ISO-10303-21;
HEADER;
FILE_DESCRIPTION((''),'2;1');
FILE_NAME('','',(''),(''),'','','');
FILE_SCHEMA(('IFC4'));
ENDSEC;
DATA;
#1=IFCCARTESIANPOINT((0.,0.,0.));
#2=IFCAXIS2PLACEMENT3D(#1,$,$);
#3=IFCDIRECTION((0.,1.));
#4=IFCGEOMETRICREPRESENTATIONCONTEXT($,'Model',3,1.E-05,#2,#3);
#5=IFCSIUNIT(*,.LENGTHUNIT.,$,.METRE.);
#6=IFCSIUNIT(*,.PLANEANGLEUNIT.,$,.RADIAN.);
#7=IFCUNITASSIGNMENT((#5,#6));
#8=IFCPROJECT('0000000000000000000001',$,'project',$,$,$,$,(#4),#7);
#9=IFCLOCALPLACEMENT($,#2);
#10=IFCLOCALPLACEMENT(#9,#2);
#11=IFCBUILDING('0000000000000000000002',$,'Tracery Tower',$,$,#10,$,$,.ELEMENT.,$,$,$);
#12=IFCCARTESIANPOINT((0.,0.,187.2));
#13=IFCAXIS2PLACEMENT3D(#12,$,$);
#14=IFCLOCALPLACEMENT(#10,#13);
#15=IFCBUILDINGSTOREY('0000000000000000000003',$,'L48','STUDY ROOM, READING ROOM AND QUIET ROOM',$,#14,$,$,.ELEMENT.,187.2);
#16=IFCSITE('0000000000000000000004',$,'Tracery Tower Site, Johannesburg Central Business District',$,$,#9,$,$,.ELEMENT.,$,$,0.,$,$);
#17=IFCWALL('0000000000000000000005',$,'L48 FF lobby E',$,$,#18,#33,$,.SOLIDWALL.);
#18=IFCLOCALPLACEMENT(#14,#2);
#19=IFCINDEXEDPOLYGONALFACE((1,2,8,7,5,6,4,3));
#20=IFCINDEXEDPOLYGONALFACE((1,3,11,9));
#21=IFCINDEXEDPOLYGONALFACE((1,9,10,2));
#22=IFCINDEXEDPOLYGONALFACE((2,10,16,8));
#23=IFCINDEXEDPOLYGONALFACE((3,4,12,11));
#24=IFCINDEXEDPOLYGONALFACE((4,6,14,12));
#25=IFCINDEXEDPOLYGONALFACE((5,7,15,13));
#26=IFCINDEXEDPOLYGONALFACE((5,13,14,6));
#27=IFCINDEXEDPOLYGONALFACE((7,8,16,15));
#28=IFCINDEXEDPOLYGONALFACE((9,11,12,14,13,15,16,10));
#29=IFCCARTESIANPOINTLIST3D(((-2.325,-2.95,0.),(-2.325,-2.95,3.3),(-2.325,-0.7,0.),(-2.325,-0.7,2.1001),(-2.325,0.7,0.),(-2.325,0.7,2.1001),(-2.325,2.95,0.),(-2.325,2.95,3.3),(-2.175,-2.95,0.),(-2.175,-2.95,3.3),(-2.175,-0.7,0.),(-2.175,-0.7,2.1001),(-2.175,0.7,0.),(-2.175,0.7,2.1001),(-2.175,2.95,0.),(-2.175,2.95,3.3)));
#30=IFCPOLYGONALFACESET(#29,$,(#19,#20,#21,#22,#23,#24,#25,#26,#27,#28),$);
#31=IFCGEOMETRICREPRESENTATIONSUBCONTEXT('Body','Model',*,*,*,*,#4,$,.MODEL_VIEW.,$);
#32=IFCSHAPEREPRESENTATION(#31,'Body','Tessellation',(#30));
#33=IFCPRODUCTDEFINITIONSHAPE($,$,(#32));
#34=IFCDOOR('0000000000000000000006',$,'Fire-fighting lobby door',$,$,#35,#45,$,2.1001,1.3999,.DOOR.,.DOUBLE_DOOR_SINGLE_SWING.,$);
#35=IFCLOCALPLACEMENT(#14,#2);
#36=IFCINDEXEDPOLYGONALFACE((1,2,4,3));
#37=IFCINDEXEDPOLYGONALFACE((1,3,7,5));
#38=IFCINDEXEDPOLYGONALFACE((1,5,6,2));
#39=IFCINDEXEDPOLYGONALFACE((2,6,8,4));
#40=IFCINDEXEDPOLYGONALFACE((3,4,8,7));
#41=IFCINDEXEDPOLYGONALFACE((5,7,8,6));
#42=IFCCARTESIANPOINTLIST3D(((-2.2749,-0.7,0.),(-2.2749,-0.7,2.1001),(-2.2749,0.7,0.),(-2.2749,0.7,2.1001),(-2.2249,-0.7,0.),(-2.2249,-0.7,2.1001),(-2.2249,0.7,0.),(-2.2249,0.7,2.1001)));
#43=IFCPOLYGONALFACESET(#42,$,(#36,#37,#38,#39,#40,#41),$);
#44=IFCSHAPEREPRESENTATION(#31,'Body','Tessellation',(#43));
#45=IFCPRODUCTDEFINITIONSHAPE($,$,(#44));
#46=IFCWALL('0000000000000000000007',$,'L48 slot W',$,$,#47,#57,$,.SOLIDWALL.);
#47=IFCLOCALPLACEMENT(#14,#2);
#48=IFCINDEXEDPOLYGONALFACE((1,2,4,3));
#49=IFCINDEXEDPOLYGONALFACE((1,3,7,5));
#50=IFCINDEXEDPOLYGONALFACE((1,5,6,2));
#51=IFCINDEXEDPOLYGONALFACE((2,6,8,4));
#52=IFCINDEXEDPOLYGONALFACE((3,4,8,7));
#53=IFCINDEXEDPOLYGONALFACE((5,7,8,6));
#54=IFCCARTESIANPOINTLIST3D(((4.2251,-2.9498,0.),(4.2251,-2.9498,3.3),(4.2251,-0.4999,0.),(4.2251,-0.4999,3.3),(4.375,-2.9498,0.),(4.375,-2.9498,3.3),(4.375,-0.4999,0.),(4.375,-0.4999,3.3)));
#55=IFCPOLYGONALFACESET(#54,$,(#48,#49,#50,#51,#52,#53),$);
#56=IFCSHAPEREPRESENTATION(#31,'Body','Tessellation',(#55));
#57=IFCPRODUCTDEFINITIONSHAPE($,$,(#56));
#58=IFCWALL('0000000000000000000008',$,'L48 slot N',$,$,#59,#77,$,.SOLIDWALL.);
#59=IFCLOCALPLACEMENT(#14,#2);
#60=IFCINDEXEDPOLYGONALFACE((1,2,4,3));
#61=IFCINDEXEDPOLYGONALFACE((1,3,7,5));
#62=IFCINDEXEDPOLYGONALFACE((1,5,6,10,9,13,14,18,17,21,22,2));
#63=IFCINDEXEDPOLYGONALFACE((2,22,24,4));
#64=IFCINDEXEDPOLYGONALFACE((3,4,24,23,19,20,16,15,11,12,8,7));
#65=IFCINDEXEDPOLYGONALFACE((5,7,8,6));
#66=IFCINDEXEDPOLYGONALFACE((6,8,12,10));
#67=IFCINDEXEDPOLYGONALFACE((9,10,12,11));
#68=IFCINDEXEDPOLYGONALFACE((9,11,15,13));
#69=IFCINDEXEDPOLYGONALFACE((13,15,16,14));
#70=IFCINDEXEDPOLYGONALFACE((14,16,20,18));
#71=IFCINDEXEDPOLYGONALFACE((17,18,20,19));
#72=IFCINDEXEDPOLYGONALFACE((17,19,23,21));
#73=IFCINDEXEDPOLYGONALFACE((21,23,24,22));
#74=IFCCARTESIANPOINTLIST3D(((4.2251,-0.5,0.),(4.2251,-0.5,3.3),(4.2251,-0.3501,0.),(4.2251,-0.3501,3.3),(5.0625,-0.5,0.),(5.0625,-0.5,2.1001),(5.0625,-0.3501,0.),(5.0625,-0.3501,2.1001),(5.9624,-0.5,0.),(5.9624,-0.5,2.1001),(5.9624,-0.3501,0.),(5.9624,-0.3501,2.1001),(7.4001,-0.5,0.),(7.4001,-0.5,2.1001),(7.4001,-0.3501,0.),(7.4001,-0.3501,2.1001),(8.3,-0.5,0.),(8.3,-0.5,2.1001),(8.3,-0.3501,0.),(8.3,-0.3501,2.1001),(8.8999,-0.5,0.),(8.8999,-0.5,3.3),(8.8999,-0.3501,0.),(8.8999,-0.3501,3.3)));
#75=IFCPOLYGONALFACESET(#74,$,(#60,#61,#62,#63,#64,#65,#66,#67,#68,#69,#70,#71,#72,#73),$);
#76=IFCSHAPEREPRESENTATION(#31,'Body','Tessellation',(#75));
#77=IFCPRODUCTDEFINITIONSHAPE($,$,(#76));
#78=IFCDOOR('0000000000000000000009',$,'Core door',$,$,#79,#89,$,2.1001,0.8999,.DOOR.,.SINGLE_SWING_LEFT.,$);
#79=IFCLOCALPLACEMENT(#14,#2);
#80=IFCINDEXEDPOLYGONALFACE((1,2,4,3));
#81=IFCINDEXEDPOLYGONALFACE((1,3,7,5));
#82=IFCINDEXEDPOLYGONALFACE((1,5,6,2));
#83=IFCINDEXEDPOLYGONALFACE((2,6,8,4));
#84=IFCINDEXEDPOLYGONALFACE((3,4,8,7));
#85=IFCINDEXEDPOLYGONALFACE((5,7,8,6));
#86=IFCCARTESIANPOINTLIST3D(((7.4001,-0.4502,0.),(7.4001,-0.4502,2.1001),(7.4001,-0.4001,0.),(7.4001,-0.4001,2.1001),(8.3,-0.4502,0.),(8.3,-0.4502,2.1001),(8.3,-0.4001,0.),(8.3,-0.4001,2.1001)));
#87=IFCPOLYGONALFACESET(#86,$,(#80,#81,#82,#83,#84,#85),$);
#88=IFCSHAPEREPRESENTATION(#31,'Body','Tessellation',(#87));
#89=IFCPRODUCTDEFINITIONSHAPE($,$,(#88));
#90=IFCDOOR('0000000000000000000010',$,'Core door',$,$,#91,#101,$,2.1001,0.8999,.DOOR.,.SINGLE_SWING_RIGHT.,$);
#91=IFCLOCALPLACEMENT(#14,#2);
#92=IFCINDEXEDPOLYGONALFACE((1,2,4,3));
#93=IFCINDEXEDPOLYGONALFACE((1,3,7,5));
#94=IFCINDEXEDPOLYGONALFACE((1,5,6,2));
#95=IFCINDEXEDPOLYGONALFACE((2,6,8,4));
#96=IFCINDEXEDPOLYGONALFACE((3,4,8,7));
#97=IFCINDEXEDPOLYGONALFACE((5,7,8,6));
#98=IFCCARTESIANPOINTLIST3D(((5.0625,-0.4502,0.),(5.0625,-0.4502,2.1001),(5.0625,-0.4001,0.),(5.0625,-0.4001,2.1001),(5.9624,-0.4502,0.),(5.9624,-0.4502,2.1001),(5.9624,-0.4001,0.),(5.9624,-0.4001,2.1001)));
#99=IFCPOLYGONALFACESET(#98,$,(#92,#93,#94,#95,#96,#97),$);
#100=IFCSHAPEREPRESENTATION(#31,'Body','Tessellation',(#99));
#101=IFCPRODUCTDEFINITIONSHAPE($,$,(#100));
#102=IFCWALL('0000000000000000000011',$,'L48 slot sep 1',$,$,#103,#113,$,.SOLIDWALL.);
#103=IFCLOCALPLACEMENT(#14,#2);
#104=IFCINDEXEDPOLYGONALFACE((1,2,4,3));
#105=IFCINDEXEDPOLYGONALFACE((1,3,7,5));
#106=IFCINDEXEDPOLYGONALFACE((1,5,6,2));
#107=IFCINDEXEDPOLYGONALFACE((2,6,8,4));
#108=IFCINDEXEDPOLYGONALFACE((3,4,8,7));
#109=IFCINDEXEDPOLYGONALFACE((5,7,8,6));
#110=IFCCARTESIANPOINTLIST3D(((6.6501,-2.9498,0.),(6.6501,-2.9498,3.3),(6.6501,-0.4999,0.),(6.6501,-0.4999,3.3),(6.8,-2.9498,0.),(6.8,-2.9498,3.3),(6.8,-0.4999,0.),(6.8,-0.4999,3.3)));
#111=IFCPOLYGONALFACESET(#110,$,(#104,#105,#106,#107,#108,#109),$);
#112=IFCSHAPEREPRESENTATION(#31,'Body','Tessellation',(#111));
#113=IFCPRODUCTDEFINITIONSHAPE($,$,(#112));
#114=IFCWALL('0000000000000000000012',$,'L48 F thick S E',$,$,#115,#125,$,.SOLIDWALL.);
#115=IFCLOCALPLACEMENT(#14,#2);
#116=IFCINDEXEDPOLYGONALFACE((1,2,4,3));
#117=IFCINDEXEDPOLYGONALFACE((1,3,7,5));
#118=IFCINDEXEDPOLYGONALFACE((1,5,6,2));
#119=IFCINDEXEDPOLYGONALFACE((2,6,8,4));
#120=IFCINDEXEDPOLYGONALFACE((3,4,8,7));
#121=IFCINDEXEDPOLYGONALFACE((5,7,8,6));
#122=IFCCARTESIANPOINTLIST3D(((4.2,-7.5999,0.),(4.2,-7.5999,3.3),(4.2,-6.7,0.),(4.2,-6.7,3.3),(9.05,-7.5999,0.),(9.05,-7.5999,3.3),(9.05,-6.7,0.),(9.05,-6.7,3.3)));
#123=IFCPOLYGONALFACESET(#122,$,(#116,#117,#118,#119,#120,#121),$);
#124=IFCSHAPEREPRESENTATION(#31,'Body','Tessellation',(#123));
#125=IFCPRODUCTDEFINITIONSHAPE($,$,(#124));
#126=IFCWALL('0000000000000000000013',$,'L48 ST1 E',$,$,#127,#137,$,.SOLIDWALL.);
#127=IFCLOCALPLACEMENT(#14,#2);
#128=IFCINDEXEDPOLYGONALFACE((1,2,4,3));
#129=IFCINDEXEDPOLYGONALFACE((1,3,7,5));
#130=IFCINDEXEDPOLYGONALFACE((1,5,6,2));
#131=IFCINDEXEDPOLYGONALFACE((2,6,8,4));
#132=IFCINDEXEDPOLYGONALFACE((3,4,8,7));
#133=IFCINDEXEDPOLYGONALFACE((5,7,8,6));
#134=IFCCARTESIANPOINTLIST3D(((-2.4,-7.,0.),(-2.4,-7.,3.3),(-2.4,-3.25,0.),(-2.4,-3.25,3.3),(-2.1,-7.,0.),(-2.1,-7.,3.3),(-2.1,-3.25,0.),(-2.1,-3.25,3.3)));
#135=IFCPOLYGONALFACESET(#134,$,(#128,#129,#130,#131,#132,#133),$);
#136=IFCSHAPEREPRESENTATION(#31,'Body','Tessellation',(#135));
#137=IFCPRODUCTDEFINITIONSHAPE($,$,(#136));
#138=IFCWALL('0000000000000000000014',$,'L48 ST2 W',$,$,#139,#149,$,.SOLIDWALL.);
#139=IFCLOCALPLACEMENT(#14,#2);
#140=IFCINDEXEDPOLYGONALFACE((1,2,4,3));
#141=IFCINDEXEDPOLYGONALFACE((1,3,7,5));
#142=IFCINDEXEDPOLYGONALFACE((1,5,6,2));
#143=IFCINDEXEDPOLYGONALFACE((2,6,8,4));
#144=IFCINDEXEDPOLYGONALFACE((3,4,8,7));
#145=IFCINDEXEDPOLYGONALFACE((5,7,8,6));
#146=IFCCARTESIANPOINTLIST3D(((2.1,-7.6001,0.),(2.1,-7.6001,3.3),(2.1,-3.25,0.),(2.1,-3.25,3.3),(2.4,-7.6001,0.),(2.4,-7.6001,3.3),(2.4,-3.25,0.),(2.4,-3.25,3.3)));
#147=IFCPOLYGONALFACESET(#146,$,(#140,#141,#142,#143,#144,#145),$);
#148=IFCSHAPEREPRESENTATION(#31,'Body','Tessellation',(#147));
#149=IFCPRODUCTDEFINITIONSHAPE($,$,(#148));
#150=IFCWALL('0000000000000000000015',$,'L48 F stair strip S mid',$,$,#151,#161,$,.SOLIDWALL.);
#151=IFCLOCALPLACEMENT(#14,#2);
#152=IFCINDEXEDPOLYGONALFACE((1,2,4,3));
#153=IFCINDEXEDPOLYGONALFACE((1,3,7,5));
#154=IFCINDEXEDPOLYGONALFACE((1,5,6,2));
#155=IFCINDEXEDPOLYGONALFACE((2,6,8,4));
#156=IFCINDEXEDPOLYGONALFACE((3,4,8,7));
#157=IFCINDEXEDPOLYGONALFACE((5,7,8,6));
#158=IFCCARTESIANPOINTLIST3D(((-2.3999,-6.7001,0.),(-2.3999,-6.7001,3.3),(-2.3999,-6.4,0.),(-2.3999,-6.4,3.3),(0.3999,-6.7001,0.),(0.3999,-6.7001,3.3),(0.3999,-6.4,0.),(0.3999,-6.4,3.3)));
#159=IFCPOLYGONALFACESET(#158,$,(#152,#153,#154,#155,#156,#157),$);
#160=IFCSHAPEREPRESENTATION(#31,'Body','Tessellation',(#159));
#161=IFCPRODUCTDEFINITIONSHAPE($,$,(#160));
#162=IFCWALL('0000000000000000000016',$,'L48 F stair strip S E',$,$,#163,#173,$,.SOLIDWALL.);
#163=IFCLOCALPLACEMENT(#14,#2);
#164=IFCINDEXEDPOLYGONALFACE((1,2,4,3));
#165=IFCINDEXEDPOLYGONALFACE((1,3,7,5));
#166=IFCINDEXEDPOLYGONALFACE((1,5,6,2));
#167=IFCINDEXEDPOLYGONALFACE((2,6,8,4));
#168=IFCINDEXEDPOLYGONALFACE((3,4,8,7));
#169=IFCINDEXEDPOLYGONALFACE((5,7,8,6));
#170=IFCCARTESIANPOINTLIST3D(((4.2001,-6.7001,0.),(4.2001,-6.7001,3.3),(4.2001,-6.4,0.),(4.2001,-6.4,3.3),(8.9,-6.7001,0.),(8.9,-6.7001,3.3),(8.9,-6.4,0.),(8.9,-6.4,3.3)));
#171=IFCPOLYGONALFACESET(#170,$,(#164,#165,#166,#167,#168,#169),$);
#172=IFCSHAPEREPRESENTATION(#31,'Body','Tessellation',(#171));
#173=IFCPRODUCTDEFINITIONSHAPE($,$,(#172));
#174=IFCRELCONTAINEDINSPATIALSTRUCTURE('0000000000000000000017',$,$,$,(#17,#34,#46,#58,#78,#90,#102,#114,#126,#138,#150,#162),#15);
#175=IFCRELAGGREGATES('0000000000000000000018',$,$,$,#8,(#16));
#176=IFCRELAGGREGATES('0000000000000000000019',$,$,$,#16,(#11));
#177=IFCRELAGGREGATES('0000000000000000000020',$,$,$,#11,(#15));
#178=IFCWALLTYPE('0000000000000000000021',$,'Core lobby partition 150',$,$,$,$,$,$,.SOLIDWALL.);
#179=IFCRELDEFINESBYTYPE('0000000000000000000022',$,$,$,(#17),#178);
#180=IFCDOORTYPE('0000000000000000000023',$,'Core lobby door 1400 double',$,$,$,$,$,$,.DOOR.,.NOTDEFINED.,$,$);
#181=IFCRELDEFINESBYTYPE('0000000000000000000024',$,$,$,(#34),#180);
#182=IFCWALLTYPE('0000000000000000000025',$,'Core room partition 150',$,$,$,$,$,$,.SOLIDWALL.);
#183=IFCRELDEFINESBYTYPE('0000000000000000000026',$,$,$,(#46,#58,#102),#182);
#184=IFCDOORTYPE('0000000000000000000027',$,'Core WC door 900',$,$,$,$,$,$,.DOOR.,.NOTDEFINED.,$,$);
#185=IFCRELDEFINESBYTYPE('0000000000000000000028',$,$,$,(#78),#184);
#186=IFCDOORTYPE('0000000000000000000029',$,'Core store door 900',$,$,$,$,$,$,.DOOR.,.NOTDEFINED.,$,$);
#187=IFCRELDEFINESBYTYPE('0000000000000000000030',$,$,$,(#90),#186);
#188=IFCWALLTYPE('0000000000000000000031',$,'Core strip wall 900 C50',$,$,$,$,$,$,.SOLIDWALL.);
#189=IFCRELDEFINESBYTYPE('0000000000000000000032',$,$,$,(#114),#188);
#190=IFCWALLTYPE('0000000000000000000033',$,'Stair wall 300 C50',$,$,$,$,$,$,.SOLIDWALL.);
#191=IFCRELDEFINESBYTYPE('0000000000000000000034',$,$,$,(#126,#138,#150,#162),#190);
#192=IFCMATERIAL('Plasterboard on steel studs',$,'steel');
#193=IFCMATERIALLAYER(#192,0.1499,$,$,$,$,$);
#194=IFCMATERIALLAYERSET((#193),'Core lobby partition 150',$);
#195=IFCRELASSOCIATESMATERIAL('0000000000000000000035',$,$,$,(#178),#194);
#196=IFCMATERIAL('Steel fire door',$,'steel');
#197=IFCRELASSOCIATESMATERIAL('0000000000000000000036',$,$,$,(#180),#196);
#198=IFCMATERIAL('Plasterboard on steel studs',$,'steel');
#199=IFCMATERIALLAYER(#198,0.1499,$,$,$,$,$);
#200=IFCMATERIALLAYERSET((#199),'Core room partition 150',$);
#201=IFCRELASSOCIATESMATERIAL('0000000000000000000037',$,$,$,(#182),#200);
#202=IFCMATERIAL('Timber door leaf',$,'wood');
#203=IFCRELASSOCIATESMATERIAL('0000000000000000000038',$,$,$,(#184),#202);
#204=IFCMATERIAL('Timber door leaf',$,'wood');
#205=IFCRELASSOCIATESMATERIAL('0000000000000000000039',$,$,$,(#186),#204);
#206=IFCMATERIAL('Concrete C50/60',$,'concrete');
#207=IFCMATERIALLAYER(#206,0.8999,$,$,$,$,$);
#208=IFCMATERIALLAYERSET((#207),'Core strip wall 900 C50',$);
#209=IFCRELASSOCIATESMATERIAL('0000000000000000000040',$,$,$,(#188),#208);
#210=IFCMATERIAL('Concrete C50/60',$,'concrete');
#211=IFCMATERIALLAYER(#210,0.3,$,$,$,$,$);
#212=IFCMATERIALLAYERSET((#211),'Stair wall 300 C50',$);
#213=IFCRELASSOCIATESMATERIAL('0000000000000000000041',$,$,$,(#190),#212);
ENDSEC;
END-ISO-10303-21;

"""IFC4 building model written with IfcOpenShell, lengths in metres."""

from ifc_helpers import new_model, si_unit, direction, frame, frame_2d, origin, place, context, subcontext, project, spatial, rectangle, extrude, material, layer, layer_set, type_object, element, fill, save


model = new_model("IFC4")

# Units and contexts
model_context = context("Model", 3, precision=1e-05, world=origin(), true_north=direction((0.0, 1.0)))
body_context = subcontext(model_context, "Body", "Model", "MODEL_VIEW")
ifc_project = project(units=[si_unit("LENGTHUNIT", "METRE"), si_unit("PLANEANGLEUNIT", "RADIAN")], contexts=[model_context])

# Site, building, storey
site_placement = place(None, origin())
site = spatial("IfcSite", under=ifc_project, at=site_placement, Name="Tracery Tower Site, Johannesburg Central Business District", CompositionType="ELEMENT", RefElevation=0.0)
building_placement = place(site_placement, origin())
building = spatial("IfcBuilding", under=site, at=building_placement, Name="Tracery Tower", CompositionType="ELEMENT")
storey_placement = place(building_placement, frame((0.0, 0.0, 187.2)))
storey = spatial("IfcBuildingStorey", under=building, at=storey_placement, Name="L48", Description="STUDY ROOM, READING ROOM AND QUIET ROOM", CompositionType="ELEMENT", Elevation=187.2)

# Wall, opening, door
ifc_material_1 = material(Name="Plasterboard on steel studs", Category="steel")
ifc_layer_1 = layer(ifc_material_1, 0.1499)
ifc_layer_set_1 = layer_set([ifc_layer_1], Name="Core lobby partition 150")
wall_type_1 = type_object("IfcWallType", Name="Core lobby partition 150", PredefinedType="SOLIDWALL", material=ifc_layer_set_1)
wall_1_placement = place(storey_placement, frame((-2.25, -2.95, 0.0), z_axis=(0.0, 0.0, 1.0), x_axis=(0.0, 1.0, 0.0)))
wall_1 = element("IfcWall", 1, at=wall_1_placement, inside=storey, type_object=wall_type_1, Name="L48 FF lobby E", PredefinedType="SOLIDWALL", context=body_context, shape_type="SweptSolid", body=[
    extrude(rectangle(XDim=5.8999, YDim=0.1499, at=frame_2d((2.95, 0.0))), origin(), (0.0, 0.0, 1.0), 3.3),
])
opening_1_placement = place(wall_1_placement, frame((2.25, 0.0, 0.0)))
opening_1 = element("IfcOpeningElement", 2, at=opening_1_placement, cuts=wall_1, PredefinedType="OPENING", context=body_context, shape_type="SweptSolid", body=[
    extrude(rectangle(XDim=1.3999, YDim=2.1001, at=frame_2d((0.7, 1.05))), frame((0.0, 0.075, 0.0), z_axis=(0.0, -1.0, 0.0), x_axis=(1.0, 0.0, 0.0)), (0.0, 0.0, 1.0), 0.1499),
])
ifc_material_2 = material(Name="Steel fire door", Category="steel")
door_type_1 = type_object("IfcDoorType", Name="Core lobby door 1400 double", OperationType="NOTDEFINED", PredefinedType="DOOR", material=ifc_material_2)
door_1_placement = place(opening_1_placement, origin())
door_1 = element("IfcDoor", 3, at=door_1_placement, inside=storey, type_object=door_type_1, Name="Fire-fighting lobby door", OperationType="DOUBLE_DOOR_SINGLE_SWING", OverallHeight=2.1001, OverallWidth=1.3999, PredefinedType="DOOR", context=body_context, shape_type="SweptSolid", body=[
    extrude(rectangle(XDim=1.3999, YDim=2.1001, at=frame_2d((0.7, 1.05))), frame((0.0, 0.0249, 0.0), z_axis=(0.0, -1.0, 0.0), x_axis=(1.0, 0.0, 0.0)), (0.0, 0.0, 1.0), 0.05),
])
fill(opening_1, door_1)

# Wall
ifc_material_3 = material(Name="Plasterboard on steel studs", Category="steel")
ifc_layer_2 = layer(ifc_material_3, 0.1499)
ifc_layer_set_2 = layer_set([ifc_layer_2], Name="Core room partition 150")
wall_type_2 = type_object("IfcWallType", Name="Core room partition 150", PredefinedType="SOLIDWALL", material=ifc_layer_set_2)
wall_2_placement = place(storey_placement, frame((4.3, -2.95, 0.0), z_axis=(0.0, 0.0, 1.0), x_axis=(0.0, 1.0, 0.0)))
element("IfcWall", 4, at=wall_2_placement, inside=storey, type_object=wall_type_2, Name="L48 slot W", PredefinedType="SOLIDWALL", context=body_context, shape_type="SweptSolid", body=[
    extrude(rectangle(XDim=2.45, YDim=0.1499, at=frame_2d((1.2251, 0.0))), origin(), (0.0, 0.0, 1.0), 3.3),
])

# Wall, openings, doors
wall_3_placement = place(storey_placement, frame((4.2251, -0.425, 0.0), z_axis=(0.0, 0.0, 1.0), x_axis=(1.0, 0.0, 0.0)))
wall_3 = element("IfcWall", 5, at=wall_3_placement, inside=storey, type_object=wall_type_2, Name="L48 slot N", PredefinedType="SOLIDWALL", context=body_context, shape_type="SweptSolid", body=[
    extrude(rectangle(XDim=4.6748, YDim=0.1499, at=frame_2d((2.3374, 0.0))), origin(), (0.0, 0.0, 1.0), 3.3),
])
opening_2_placement = place(wall_3_placement, frame((0.8374, 0.0, 0.0)))
opening_2 = element("IfcOpeningElement", 6, at=opening_2_placement, cuts=wall_3, PredefinedType="OPENING", context=body_context, shape_type="SweptSolid", body=[
    extrude(rectangle(XDim=0.8999, YDim=2.1001, at=frame_2d((0.45, 1.05))), frame((0.0, 0.075, 0.0), z_axis=(0.0, -1.0, 0.0), x_axis=(1.0, 0.0, 0.0)), (0.0, 0.0, 1.0), 0.1499),
])
opening_3_placement = place(wall_3_placement, frame((3.175, 0.0, 0.0)))
opening_3 = element("IfcOpeningElement", 7, at=opening_3_placement, cuts=wall_3, PredefinedType="OPENING", context=body_context, shape_type="SweptSolid", body=[
    extrude(rectangle(XDim=0.8999, YDim=2.1001, at=frame_2d((0.45, 1.05))), frame((0.0, 0.075, 0.0), z_axis=(0.0, -1.0, 0.0), x_axis=(1.0, 0.0, 0.0)), (0.0, 0.0, 1.0), 0.1499),
])
ifc_material_4 = material(Name="Timber door leaf", Category="wood")
door_type_2 = type_object("IfcDoorType", Name="Core WC door 900", OperationType="NOTDEFINED", PredefinedType="DOOR", material=ifc_material_4)
door_2_placement = place(opening_3_placement, origin())
door_2 = element("IfcDoor", 8, at=door_2_placement, inside=storey, type_object=door_type_2, Name="Core door", OperationType="SINGLE_SWING_LEFT", OverallHeight=2.1001, OverallWidth=0.8999, PredefinedType="DOOR", context=body_context, shape_type="SweptSolid", body=[
    extrude(rectangle(XDim=0.8999, YDim=2.1001, at=frame_2d((0.45, 1.05))), frame((0.0, 0.0249, 0.0), z_axis=(0.0, -1.0, 0.0), x_axis=(1.0, 0.0, 0.0)), (0.0, 0.0, 1.0), 0.05),
])
fill(opening_3, door_2)
ifc_material_5 = material(Name="Timber door leaf", Category="wood")
door_type_3 = type_object("IfcDoorType", Name="Core store door 900", OperationType="NOTDEFINED", PredefinedType="DOOR", material=ifc_material_5)
door_3_placement = place(opening_2_placement, origin())
door_3 = element("IfcDoor", 9, at=door_3_placement, inside=storey, type_object=door_type_3, Name="Core door", OperationType="SINGLE_SWING_RIGHT", OverallHeight=2.1001, OverallWidth=0.8999, PredefinedType="DOOR", context=body_context, shape_type="SweptSolid", body=[
    extrude(rectangle(XDim=0.8999, YDim=2.1001, at=frame_2d((0.45, 1.05))), frame((0.0, 0.0249, 0.0), z_axis=(0.0, -1.0, 0.0), x_axis=(1.0, 0.0, 0.0)), (0.0, 0.0, 1.0), 0.05),
])
fill(opening_2, door_3)

# Walls
wall_4_placement = place(storey_placement, frame((6.7251, -2.95, 0.0), z_axis=(0.0, 0.0, 1.0), x_axis=(0.0, 1.0, 0.0)))
element("IfcWall", 10, at=wall_4_placement, inside=storey, type_object=wall_type_2, Name="L48 slot sep 1", PredefinedType="SOLIDWALL", context=body_context, shape_type="SweptSolid", body=[
    extrude(rectangle(XDim=2.45, YDim=0.1499, at=frame_2d((1.2251, 0.0))), origin(), (0.0, 0.0, 1.0), 3.3),
])
ifc_material_6 = material(Name="Concrete C50/60", Category="concrete")
ifc_layer_3 = layer(ifc_material_6, 0.8999)
ifc_layer_set_3 = layer_set([ifc_layer_3], Name="Core strip wall 900 C50")
wall_type_3 = type_object("IfcWallType", Name="Core strip wall 900 C50", PredefinedType="SOLIDWALL", material=ifc_layer_set_3)
wall_5_placement = place(storey_placement, frame((4.2, -7.1499, 0.0), z_axis=(0.0, 0.0, 1.0), x_axis=(1.0, 0.0, 0.0)))
element("IfcWall", 11, at=wall_5_placement, inside=storey, type_object=wall_type_3, Name="L48 F thick S E", PredefinedType="SOLIDWALL", context=body_context, shape_type="SweptSolid", body=[
    extrude(rectangle(XDim=4.8501, YDim=0.8999, at=frame_2d((2.425, 0.0))), origin(), (0.0, 0.0, 1.0), 3.3),
])

# Shared definitions
ifc_material_7 = material(Name="Concrete C50/60", Category="concrete")
ifc_layer_4 = layer(ifc_material_7, 0.3)
ifc_layer_set_4 = layer_set([ifc_layer_4], Name="Stair wall 300 C50")
wall_type_4 = type_object("IfcWallType", Name="Stair wall 300 C50", PredefinedType="SOLIDWALL", material=ifc_layer_set_4)

# Walls
wall_6_placement = place(storey_placement, frame((-2.25, -7.0, 0.0), z_axis=(0.0, 0.0, 1.0), x_axis=(0.0, 1.0, 0.0)))
element("IfcWall", 12, at=wall_6_placement, inside=storey, type_object=wall_type_4, Name="L48 ST1 E", PredefinedType="SOLIDWALL", context=body_context, shape_type="SweptSolid", body=[
    extrude(rectangle(XDim=3.75, YDim=0.3, at=frame_2d((1.875, 0.0))), origin(), (0.0, 0.0, 1.0), 3.3),
])
wall_7_placement = place(storey_placement, frame((2.25, -7.6001, 0.0), z_axis=(0.0, 0.0, 1.0), x_axis=(0.0, 1.0, 0.0)))
element("IfcWall", 13, at=wall_7_placement, inside=storey, type_object=wall_type_4, Name="L48 ST2 W", PredefinedType="SOLIDWALL", context=body_context, shape_type="SweptSolid", body=[
    extrude(rectangle(XDim=4.3501, YDim=0.3, at=frame_2d((2.175, 0.0))), origin(), (0.0, 0.0, 1.0), 3.3),
])
wall_8_placement = place(storey_placement, frame((-2.3999, -6.55, 0.0), z_axis=(0.0, 0.0, 1.0), x_axis=(1.0, 0.0, 0.0)))
element("IfcWall", 14, at=wall_8_placement, inside=storey, type_object=wall_type_4, Name="L48 F stair strip S mid", PredefinedType="SOLIDWALL", context=body_context, shape_type="SweptSolid", body=[
    extrude(rectangle(XDim=2.7998, YDim=0.3, at=frame_2d((1.3999, 0.0))), origin(), (0.0, 0.0, 1.0), 3.3),
])
wall_9_placement = place(storey_placement, frame((4.2, -6.55, 0.0), z_axis=(0.0, 0.0, 1.0), x_axis=(1.0, 0.0, 0.0)))
element("IfcWall", 15, at=wall_9_placement, inside=storey, type_object=wall_type_4, Name="L48 F stair strip S E", PredefinedType="SOLIDWALL", context=body_context, shape_type="SweptSolid", body=[
    extrude(rectangle(XDim=4.7, YDim=0.3, at=frame_2d((2.3501, 0.0))), origin(), (0.0, 0.0, 1.0), 3.3),
])

save(model, "model.ifc")
